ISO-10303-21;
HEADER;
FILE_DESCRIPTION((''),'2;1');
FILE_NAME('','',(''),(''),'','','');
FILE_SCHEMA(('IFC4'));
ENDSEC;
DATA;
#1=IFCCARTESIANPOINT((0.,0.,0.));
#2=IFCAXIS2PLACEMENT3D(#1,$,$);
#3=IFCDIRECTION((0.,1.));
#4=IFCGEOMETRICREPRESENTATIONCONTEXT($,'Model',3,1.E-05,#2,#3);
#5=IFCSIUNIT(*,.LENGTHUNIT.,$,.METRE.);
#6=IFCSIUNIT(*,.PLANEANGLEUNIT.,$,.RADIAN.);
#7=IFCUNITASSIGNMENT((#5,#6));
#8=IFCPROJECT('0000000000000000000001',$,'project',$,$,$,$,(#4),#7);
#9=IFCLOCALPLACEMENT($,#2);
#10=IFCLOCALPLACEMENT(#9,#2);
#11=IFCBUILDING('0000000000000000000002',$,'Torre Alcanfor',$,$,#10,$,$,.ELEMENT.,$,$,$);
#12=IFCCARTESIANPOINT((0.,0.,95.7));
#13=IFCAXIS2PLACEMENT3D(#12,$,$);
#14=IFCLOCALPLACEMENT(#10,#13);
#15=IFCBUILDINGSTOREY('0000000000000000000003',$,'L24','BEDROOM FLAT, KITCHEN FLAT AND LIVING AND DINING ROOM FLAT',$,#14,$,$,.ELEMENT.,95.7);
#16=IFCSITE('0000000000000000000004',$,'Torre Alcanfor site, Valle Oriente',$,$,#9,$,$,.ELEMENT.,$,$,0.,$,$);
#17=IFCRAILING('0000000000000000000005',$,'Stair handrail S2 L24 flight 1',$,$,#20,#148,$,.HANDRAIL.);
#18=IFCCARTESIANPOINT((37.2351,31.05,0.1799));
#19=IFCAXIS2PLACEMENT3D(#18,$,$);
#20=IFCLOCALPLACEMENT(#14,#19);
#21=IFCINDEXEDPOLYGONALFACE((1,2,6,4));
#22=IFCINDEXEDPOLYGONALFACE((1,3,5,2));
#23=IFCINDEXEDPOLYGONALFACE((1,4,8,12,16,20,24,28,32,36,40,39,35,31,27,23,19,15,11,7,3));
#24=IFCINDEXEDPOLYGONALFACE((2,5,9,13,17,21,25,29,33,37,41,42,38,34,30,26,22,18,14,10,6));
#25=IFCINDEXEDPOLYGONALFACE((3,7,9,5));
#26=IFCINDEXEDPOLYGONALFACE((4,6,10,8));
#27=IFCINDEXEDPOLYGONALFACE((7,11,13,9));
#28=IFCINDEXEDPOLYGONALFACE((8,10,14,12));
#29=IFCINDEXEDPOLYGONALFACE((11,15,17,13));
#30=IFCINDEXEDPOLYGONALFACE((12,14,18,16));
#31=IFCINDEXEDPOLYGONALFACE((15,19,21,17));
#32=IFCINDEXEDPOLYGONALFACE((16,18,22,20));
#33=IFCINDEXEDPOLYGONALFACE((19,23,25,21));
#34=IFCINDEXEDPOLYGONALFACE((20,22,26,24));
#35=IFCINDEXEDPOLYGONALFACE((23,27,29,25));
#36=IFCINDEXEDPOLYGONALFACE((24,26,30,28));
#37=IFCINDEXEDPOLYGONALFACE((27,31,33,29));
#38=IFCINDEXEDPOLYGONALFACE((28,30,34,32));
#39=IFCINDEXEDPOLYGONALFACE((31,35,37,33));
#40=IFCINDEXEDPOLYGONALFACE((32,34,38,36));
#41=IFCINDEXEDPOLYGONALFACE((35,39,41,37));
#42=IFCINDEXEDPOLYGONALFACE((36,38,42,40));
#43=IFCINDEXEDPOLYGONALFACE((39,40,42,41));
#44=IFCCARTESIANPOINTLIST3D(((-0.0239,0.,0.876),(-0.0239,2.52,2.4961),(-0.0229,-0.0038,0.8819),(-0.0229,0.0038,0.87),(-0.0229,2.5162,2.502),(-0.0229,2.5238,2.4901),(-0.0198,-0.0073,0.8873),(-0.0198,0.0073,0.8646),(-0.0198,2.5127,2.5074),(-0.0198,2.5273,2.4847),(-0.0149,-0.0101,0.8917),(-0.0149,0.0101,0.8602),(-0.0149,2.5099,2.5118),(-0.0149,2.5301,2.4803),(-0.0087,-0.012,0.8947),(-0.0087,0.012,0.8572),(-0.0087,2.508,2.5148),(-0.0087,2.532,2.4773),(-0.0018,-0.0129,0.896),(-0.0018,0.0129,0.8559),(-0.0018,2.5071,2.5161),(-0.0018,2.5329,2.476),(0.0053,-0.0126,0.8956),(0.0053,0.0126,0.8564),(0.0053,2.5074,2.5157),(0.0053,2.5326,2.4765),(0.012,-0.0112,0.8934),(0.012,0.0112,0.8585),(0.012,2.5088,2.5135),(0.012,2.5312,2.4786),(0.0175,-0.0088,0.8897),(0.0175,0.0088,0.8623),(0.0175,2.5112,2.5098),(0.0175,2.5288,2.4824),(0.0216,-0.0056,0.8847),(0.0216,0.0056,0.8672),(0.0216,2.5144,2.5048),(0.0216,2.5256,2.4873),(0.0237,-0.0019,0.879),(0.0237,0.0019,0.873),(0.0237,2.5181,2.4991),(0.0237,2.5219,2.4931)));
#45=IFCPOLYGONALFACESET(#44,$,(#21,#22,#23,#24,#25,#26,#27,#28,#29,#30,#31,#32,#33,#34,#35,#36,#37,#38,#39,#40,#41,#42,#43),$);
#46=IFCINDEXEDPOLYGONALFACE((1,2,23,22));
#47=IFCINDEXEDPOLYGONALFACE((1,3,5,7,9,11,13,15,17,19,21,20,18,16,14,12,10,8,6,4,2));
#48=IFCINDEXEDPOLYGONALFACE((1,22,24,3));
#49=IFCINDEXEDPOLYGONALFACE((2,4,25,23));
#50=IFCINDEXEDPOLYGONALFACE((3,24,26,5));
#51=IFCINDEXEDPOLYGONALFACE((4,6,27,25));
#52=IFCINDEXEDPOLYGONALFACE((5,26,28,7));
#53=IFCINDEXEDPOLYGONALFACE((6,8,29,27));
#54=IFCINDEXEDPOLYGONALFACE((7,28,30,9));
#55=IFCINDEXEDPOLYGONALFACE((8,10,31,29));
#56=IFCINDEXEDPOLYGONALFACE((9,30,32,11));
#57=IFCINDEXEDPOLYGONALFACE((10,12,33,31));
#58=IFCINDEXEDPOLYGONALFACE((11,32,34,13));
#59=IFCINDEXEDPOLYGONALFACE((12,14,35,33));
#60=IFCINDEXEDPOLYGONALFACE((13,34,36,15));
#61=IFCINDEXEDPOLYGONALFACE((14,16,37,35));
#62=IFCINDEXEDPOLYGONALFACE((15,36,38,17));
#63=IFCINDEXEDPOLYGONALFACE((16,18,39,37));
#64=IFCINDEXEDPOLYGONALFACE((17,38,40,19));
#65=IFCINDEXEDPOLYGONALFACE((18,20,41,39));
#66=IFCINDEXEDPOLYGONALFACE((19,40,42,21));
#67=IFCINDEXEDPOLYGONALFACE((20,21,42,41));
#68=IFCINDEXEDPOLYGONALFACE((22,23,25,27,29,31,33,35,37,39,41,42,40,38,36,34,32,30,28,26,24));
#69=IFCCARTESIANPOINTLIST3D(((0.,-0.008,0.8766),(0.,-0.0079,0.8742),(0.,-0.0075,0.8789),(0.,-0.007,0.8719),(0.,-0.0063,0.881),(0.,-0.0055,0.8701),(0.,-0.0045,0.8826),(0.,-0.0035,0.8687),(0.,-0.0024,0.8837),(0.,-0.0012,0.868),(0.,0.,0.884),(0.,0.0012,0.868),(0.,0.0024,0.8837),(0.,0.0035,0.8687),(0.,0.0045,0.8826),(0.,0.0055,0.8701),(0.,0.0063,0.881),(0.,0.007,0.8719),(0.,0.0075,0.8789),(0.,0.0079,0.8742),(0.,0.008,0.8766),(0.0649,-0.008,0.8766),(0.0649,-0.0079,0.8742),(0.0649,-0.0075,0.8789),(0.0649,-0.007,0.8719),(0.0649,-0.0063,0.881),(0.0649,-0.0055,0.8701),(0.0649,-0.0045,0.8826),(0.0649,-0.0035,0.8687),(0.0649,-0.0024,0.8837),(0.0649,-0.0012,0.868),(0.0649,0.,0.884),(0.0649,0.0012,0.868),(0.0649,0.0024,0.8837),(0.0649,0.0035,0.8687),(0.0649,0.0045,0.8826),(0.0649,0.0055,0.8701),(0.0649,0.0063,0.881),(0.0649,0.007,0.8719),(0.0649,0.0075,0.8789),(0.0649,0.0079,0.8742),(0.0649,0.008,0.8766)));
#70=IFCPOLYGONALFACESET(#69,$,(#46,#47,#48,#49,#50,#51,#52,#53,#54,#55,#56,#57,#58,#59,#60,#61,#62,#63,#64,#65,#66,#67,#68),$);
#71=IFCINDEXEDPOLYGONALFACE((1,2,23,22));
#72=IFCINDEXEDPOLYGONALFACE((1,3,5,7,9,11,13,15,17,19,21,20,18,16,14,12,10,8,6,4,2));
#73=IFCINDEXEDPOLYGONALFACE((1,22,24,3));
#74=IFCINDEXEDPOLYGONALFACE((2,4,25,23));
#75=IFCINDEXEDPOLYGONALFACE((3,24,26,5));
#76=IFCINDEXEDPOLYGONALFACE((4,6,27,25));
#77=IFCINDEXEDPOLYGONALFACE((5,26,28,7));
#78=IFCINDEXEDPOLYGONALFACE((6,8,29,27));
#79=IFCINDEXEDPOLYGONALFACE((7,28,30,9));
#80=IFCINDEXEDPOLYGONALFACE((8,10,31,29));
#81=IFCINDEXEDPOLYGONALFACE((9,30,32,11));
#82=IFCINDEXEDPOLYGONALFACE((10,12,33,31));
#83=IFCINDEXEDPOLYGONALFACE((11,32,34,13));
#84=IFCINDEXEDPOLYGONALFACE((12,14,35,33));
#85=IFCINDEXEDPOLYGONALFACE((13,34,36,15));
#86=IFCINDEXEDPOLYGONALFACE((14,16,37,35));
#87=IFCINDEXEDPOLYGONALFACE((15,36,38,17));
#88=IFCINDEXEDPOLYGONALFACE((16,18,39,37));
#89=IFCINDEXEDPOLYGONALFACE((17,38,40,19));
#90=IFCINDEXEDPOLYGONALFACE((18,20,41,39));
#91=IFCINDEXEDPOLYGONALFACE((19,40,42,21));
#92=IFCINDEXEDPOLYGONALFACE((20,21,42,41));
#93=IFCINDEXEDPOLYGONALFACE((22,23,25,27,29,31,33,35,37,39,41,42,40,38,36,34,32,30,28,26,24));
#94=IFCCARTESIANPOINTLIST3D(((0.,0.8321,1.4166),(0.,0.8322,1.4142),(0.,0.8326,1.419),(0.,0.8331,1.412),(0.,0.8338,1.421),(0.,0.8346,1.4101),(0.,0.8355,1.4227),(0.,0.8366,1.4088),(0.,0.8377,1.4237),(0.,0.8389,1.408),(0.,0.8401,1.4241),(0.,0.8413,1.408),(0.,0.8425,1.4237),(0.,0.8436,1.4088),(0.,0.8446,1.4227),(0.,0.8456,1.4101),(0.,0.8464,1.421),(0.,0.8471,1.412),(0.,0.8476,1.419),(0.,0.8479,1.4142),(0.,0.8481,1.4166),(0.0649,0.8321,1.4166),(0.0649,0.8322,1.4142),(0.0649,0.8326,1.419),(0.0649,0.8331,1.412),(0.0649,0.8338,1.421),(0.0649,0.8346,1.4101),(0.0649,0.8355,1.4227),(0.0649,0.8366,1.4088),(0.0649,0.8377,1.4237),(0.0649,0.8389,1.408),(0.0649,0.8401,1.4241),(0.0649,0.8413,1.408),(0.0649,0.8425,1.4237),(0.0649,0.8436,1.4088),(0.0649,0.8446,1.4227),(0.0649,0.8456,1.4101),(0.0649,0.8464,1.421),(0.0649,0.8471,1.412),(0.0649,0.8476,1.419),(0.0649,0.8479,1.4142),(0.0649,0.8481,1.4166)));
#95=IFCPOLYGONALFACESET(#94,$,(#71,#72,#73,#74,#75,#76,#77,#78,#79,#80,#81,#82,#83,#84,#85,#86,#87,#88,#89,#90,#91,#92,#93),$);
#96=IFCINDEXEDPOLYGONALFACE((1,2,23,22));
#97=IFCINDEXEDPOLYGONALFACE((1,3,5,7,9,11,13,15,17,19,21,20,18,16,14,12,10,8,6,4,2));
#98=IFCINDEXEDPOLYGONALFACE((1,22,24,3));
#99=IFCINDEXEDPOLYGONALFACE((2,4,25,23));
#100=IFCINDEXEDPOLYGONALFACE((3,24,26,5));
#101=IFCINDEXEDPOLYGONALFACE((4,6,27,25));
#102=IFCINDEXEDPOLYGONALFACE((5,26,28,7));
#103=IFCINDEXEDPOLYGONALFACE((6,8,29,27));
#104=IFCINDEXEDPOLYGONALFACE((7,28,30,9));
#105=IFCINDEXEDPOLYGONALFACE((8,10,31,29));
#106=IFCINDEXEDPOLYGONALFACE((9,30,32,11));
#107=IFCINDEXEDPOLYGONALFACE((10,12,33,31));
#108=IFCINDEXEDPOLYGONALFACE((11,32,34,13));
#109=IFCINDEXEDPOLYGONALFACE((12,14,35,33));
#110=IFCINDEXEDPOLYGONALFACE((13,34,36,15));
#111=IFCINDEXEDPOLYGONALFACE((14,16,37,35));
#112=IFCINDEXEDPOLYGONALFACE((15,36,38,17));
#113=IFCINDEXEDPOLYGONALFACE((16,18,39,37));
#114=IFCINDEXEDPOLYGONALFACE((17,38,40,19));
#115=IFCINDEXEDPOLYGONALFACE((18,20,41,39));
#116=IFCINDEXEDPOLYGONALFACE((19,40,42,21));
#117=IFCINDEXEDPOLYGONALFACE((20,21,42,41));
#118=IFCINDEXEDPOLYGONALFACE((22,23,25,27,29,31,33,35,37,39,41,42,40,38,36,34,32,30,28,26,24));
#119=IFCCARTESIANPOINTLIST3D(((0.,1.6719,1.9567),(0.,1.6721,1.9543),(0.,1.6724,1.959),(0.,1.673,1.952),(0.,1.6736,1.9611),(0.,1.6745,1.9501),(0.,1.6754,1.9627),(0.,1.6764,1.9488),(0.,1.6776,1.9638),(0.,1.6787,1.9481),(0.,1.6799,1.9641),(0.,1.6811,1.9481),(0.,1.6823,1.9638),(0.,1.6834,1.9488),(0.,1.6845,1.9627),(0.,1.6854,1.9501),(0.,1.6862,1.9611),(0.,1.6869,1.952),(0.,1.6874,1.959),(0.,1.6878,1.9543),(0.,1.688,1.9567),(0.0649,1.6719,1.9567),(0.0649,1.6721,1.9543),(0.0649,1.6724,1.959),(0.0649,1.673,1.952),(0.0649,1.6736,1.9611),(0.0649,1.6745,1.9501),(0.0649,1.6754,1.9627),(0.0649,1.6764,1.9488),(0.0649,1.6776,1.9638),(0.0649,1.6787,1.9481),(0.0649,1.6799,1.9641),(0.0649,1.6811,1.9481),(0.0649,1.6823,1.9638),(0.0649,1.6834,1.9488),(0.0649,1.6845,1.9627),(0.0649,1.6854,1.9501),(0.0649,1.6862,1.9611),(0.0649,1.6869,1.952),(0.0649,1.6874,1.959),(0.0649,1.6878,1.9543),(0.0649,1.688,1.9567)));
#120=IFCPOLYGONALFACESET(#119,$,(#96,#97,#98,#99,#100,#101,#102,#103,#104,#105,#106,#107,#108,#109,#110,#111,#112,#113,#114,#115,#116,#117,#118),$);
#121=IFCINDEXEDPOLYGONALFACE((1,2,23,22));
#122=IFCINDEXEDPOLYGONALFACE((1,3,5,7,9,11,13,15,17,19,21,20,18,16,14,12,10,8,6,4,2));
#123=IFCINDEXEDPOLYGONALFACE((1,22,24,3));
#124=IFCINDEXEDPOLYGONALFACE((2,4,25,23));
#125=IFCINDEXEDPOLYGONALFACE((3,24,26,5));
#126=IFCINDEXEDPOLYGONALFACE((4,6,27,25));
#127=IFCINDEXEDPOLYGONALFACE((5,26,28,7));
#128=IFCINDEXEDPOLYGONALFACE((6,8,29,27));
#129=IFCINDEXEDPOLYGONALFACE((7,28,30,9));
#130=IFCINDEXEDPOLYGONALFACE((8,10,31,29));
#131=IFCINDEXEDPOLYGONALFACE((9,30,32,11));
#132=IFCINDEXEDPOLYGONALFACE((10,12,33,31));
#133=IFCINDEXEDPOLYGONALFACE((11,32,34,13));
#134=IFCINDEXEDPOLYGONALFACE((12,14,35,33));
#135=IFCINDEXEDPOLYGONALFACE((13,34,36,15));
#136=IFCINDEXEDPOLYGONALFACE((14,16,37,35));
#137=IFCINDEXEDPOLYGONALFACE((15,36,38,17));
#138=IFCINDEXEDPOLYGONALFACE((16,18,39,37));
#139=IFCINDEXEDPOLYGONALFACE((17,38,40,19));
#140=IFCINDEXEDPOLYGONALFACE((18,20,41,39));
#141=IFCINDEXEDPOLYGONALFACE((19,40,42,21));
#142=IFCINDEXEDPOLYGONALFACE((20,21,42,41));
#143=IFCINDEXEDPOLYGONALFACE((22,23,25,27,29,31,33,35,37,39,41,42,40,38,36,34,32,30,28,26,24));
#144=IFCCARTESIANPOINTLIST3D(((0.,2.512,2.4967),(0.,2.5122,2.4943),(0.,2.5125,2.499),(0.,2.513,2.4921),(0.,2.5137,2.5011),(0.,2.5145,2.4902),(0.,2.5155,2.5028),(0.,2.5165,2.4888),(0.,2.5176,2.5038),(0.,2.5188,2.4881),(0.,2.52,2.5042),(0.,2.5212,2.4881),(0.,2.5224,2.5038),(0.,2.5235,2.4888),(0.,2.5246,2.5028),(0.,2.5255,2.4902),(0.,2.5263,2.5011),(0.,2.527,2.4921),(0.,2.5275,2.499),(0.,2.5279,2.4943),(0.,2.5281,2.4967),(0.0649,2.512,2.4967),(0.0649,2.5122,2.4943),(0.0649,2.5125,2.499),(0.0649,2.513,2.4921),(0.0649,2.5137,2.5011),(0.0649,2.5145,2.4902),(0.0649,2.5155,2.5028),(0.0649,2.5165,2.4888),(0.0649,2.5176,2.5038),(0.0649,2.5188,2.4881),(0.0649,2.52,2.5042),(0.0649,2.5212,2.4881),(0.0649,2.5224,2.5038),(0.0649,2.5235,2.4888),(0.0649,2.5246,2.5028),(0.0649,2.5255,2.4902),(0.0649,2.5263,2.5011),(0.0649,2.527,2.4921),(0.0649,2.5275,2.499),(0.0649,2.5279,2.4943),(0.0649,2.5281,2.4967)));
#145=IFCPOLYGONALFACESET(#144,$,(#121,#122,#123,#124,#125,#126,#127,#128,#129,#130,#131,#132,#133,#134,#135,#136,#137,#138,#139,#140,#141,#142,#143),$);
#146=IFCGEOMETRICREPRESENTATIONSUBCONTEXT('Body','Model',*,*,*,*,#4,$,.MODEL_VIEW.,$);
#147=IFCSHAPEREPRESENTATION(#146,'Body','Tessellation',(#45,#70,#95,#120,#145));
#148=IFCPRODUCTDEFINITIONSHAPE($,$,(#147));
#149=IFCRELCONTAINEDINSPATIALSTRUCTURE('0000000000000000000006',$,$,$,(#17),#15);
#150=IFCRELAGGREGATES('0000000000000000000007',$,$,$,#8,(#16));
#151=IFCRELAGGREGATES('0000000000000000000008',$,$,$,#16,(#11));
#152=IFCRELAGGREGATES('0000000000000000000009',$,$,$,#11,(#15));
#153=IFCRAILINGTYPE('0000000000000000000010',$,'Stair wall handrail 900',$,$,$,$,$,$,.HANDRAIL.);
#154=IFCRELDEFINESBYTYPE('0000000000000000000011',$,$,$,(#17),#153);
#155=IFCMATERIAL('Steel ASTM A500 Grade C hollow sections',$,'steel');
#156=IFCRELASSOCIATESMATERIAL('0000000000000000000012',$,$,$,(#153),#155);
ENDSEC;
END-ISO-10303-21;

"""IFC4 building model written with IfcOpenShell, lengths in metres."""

from ifc_helpers import new_model, si_unit, direction, frame, origin, origin_2d, place, context, subcontext, project, spatial, circle, extrude, material, type_object, element, save


model = new_model("IFC4")

# Units and contexts
model_context = context("Model", 3, precision=1e-05, world=origin(), true_north=direction((0.0, 1.0)))
body_context = subcontext(model_context, "Body", "Model", "MODEL_VIEW")
ifc_project = project(units=[si_unit("LENGTHUNIT", "METRE"), si_unit("PLANEANGLEUNIT", "RADIAN")], contexts=[model_context])

# Site, building, storey
site_placement = place(None, origin())
site = spatial("IfcSite", under=ifc_project, at=site_placement, Name="Torre Alcanfor site, Valle Oriente", CompositionType="ELEMENT", RefElevation=0.0)
building_placement = place(site_placement, origin())
building = spatial("IfcBuilding", under=site, at=building_placement, Name="Torre Alcanfor", CompositionType="ELEMENT")
storey_placement = place(building_placement, frame((0.0, 0.0, 95.7)))
storey = spatial("IfcBuildingStorey", under=building, at=storey_placement, Name="L24", Description="BEDROOM FLAT, KITCHEN FLAT AND LIVING AND DINING ROOM FLAT", CompositionType="ELEMENT", Elevation=95.7)

# Railing
ifc_material_1 = material(Name="Steel ASTM A500 Grade C hollow sections", Category="steel")
railing_type_1 = type_object("IfcRailingType", Name="Stair wall handrail 900", PredefinedType="HANDRAIL", material=ifc_material_1)
railing_1_placement = place(storey_placement, frame((37.2351, 31.05, 0.1799)))
element("IfcRailing", 1, at=railing_1_placement, inside=storey, type_object=railing_type_1, Name="Stair handrail S2 L24 flight 1", PredefinedType="HANDRAIL", context=body_context, shape_type="SweptSolid", body=[
    extrude(circle(Radius=0.0239, at=origin_2d()), frame((0.0, 0.0, 0.876), z_axis=(0.0, 0.841163, 0.540782), x_axis=(-1.0, 0.0, 0.0)), (0.0, 0.0, 1.0), 2.9958),
    extrude(circle(Radius=0.0081, at=origin_2d()), frame((0.0, 0.0, 0.876), z_axis=(1.0, 0.0, 0.0), x_axis=(0.0, 0.0, 1.0)), (0.0, 0.0, 1.0), 0.0649),
    extrude(circle(Radius=0.0081, at=origin_2d()), frame((0.0, 0.8401, 1.416), z_axis=(1.0, 0.0, 0.0), x_axis=(0.0, 0.0, 1.0)), (0.0, 0.0, 1.0), 0.0649),
    extrude(circle(Radius=0.0081, at=origin_2d()), frame((0.0, 1.6799, 1.9561), z_axis=(1.0, 0.0, 0.0), x_axis=(0.0, 0.0, 1.0)), (0.0, 0.0, 1.0), 0.0649),
    extrude(circle(Radius=0.0081, at=origin_2d()), frame((0.0, 2.52, 2.4961), z_axis=(1.0, 0.0, 0.0), x_axis=(0.0, 0.0, 1.0)), (0.0, 0.0, 1.0), 0.0649),
])

save(model, "model.ifc")
